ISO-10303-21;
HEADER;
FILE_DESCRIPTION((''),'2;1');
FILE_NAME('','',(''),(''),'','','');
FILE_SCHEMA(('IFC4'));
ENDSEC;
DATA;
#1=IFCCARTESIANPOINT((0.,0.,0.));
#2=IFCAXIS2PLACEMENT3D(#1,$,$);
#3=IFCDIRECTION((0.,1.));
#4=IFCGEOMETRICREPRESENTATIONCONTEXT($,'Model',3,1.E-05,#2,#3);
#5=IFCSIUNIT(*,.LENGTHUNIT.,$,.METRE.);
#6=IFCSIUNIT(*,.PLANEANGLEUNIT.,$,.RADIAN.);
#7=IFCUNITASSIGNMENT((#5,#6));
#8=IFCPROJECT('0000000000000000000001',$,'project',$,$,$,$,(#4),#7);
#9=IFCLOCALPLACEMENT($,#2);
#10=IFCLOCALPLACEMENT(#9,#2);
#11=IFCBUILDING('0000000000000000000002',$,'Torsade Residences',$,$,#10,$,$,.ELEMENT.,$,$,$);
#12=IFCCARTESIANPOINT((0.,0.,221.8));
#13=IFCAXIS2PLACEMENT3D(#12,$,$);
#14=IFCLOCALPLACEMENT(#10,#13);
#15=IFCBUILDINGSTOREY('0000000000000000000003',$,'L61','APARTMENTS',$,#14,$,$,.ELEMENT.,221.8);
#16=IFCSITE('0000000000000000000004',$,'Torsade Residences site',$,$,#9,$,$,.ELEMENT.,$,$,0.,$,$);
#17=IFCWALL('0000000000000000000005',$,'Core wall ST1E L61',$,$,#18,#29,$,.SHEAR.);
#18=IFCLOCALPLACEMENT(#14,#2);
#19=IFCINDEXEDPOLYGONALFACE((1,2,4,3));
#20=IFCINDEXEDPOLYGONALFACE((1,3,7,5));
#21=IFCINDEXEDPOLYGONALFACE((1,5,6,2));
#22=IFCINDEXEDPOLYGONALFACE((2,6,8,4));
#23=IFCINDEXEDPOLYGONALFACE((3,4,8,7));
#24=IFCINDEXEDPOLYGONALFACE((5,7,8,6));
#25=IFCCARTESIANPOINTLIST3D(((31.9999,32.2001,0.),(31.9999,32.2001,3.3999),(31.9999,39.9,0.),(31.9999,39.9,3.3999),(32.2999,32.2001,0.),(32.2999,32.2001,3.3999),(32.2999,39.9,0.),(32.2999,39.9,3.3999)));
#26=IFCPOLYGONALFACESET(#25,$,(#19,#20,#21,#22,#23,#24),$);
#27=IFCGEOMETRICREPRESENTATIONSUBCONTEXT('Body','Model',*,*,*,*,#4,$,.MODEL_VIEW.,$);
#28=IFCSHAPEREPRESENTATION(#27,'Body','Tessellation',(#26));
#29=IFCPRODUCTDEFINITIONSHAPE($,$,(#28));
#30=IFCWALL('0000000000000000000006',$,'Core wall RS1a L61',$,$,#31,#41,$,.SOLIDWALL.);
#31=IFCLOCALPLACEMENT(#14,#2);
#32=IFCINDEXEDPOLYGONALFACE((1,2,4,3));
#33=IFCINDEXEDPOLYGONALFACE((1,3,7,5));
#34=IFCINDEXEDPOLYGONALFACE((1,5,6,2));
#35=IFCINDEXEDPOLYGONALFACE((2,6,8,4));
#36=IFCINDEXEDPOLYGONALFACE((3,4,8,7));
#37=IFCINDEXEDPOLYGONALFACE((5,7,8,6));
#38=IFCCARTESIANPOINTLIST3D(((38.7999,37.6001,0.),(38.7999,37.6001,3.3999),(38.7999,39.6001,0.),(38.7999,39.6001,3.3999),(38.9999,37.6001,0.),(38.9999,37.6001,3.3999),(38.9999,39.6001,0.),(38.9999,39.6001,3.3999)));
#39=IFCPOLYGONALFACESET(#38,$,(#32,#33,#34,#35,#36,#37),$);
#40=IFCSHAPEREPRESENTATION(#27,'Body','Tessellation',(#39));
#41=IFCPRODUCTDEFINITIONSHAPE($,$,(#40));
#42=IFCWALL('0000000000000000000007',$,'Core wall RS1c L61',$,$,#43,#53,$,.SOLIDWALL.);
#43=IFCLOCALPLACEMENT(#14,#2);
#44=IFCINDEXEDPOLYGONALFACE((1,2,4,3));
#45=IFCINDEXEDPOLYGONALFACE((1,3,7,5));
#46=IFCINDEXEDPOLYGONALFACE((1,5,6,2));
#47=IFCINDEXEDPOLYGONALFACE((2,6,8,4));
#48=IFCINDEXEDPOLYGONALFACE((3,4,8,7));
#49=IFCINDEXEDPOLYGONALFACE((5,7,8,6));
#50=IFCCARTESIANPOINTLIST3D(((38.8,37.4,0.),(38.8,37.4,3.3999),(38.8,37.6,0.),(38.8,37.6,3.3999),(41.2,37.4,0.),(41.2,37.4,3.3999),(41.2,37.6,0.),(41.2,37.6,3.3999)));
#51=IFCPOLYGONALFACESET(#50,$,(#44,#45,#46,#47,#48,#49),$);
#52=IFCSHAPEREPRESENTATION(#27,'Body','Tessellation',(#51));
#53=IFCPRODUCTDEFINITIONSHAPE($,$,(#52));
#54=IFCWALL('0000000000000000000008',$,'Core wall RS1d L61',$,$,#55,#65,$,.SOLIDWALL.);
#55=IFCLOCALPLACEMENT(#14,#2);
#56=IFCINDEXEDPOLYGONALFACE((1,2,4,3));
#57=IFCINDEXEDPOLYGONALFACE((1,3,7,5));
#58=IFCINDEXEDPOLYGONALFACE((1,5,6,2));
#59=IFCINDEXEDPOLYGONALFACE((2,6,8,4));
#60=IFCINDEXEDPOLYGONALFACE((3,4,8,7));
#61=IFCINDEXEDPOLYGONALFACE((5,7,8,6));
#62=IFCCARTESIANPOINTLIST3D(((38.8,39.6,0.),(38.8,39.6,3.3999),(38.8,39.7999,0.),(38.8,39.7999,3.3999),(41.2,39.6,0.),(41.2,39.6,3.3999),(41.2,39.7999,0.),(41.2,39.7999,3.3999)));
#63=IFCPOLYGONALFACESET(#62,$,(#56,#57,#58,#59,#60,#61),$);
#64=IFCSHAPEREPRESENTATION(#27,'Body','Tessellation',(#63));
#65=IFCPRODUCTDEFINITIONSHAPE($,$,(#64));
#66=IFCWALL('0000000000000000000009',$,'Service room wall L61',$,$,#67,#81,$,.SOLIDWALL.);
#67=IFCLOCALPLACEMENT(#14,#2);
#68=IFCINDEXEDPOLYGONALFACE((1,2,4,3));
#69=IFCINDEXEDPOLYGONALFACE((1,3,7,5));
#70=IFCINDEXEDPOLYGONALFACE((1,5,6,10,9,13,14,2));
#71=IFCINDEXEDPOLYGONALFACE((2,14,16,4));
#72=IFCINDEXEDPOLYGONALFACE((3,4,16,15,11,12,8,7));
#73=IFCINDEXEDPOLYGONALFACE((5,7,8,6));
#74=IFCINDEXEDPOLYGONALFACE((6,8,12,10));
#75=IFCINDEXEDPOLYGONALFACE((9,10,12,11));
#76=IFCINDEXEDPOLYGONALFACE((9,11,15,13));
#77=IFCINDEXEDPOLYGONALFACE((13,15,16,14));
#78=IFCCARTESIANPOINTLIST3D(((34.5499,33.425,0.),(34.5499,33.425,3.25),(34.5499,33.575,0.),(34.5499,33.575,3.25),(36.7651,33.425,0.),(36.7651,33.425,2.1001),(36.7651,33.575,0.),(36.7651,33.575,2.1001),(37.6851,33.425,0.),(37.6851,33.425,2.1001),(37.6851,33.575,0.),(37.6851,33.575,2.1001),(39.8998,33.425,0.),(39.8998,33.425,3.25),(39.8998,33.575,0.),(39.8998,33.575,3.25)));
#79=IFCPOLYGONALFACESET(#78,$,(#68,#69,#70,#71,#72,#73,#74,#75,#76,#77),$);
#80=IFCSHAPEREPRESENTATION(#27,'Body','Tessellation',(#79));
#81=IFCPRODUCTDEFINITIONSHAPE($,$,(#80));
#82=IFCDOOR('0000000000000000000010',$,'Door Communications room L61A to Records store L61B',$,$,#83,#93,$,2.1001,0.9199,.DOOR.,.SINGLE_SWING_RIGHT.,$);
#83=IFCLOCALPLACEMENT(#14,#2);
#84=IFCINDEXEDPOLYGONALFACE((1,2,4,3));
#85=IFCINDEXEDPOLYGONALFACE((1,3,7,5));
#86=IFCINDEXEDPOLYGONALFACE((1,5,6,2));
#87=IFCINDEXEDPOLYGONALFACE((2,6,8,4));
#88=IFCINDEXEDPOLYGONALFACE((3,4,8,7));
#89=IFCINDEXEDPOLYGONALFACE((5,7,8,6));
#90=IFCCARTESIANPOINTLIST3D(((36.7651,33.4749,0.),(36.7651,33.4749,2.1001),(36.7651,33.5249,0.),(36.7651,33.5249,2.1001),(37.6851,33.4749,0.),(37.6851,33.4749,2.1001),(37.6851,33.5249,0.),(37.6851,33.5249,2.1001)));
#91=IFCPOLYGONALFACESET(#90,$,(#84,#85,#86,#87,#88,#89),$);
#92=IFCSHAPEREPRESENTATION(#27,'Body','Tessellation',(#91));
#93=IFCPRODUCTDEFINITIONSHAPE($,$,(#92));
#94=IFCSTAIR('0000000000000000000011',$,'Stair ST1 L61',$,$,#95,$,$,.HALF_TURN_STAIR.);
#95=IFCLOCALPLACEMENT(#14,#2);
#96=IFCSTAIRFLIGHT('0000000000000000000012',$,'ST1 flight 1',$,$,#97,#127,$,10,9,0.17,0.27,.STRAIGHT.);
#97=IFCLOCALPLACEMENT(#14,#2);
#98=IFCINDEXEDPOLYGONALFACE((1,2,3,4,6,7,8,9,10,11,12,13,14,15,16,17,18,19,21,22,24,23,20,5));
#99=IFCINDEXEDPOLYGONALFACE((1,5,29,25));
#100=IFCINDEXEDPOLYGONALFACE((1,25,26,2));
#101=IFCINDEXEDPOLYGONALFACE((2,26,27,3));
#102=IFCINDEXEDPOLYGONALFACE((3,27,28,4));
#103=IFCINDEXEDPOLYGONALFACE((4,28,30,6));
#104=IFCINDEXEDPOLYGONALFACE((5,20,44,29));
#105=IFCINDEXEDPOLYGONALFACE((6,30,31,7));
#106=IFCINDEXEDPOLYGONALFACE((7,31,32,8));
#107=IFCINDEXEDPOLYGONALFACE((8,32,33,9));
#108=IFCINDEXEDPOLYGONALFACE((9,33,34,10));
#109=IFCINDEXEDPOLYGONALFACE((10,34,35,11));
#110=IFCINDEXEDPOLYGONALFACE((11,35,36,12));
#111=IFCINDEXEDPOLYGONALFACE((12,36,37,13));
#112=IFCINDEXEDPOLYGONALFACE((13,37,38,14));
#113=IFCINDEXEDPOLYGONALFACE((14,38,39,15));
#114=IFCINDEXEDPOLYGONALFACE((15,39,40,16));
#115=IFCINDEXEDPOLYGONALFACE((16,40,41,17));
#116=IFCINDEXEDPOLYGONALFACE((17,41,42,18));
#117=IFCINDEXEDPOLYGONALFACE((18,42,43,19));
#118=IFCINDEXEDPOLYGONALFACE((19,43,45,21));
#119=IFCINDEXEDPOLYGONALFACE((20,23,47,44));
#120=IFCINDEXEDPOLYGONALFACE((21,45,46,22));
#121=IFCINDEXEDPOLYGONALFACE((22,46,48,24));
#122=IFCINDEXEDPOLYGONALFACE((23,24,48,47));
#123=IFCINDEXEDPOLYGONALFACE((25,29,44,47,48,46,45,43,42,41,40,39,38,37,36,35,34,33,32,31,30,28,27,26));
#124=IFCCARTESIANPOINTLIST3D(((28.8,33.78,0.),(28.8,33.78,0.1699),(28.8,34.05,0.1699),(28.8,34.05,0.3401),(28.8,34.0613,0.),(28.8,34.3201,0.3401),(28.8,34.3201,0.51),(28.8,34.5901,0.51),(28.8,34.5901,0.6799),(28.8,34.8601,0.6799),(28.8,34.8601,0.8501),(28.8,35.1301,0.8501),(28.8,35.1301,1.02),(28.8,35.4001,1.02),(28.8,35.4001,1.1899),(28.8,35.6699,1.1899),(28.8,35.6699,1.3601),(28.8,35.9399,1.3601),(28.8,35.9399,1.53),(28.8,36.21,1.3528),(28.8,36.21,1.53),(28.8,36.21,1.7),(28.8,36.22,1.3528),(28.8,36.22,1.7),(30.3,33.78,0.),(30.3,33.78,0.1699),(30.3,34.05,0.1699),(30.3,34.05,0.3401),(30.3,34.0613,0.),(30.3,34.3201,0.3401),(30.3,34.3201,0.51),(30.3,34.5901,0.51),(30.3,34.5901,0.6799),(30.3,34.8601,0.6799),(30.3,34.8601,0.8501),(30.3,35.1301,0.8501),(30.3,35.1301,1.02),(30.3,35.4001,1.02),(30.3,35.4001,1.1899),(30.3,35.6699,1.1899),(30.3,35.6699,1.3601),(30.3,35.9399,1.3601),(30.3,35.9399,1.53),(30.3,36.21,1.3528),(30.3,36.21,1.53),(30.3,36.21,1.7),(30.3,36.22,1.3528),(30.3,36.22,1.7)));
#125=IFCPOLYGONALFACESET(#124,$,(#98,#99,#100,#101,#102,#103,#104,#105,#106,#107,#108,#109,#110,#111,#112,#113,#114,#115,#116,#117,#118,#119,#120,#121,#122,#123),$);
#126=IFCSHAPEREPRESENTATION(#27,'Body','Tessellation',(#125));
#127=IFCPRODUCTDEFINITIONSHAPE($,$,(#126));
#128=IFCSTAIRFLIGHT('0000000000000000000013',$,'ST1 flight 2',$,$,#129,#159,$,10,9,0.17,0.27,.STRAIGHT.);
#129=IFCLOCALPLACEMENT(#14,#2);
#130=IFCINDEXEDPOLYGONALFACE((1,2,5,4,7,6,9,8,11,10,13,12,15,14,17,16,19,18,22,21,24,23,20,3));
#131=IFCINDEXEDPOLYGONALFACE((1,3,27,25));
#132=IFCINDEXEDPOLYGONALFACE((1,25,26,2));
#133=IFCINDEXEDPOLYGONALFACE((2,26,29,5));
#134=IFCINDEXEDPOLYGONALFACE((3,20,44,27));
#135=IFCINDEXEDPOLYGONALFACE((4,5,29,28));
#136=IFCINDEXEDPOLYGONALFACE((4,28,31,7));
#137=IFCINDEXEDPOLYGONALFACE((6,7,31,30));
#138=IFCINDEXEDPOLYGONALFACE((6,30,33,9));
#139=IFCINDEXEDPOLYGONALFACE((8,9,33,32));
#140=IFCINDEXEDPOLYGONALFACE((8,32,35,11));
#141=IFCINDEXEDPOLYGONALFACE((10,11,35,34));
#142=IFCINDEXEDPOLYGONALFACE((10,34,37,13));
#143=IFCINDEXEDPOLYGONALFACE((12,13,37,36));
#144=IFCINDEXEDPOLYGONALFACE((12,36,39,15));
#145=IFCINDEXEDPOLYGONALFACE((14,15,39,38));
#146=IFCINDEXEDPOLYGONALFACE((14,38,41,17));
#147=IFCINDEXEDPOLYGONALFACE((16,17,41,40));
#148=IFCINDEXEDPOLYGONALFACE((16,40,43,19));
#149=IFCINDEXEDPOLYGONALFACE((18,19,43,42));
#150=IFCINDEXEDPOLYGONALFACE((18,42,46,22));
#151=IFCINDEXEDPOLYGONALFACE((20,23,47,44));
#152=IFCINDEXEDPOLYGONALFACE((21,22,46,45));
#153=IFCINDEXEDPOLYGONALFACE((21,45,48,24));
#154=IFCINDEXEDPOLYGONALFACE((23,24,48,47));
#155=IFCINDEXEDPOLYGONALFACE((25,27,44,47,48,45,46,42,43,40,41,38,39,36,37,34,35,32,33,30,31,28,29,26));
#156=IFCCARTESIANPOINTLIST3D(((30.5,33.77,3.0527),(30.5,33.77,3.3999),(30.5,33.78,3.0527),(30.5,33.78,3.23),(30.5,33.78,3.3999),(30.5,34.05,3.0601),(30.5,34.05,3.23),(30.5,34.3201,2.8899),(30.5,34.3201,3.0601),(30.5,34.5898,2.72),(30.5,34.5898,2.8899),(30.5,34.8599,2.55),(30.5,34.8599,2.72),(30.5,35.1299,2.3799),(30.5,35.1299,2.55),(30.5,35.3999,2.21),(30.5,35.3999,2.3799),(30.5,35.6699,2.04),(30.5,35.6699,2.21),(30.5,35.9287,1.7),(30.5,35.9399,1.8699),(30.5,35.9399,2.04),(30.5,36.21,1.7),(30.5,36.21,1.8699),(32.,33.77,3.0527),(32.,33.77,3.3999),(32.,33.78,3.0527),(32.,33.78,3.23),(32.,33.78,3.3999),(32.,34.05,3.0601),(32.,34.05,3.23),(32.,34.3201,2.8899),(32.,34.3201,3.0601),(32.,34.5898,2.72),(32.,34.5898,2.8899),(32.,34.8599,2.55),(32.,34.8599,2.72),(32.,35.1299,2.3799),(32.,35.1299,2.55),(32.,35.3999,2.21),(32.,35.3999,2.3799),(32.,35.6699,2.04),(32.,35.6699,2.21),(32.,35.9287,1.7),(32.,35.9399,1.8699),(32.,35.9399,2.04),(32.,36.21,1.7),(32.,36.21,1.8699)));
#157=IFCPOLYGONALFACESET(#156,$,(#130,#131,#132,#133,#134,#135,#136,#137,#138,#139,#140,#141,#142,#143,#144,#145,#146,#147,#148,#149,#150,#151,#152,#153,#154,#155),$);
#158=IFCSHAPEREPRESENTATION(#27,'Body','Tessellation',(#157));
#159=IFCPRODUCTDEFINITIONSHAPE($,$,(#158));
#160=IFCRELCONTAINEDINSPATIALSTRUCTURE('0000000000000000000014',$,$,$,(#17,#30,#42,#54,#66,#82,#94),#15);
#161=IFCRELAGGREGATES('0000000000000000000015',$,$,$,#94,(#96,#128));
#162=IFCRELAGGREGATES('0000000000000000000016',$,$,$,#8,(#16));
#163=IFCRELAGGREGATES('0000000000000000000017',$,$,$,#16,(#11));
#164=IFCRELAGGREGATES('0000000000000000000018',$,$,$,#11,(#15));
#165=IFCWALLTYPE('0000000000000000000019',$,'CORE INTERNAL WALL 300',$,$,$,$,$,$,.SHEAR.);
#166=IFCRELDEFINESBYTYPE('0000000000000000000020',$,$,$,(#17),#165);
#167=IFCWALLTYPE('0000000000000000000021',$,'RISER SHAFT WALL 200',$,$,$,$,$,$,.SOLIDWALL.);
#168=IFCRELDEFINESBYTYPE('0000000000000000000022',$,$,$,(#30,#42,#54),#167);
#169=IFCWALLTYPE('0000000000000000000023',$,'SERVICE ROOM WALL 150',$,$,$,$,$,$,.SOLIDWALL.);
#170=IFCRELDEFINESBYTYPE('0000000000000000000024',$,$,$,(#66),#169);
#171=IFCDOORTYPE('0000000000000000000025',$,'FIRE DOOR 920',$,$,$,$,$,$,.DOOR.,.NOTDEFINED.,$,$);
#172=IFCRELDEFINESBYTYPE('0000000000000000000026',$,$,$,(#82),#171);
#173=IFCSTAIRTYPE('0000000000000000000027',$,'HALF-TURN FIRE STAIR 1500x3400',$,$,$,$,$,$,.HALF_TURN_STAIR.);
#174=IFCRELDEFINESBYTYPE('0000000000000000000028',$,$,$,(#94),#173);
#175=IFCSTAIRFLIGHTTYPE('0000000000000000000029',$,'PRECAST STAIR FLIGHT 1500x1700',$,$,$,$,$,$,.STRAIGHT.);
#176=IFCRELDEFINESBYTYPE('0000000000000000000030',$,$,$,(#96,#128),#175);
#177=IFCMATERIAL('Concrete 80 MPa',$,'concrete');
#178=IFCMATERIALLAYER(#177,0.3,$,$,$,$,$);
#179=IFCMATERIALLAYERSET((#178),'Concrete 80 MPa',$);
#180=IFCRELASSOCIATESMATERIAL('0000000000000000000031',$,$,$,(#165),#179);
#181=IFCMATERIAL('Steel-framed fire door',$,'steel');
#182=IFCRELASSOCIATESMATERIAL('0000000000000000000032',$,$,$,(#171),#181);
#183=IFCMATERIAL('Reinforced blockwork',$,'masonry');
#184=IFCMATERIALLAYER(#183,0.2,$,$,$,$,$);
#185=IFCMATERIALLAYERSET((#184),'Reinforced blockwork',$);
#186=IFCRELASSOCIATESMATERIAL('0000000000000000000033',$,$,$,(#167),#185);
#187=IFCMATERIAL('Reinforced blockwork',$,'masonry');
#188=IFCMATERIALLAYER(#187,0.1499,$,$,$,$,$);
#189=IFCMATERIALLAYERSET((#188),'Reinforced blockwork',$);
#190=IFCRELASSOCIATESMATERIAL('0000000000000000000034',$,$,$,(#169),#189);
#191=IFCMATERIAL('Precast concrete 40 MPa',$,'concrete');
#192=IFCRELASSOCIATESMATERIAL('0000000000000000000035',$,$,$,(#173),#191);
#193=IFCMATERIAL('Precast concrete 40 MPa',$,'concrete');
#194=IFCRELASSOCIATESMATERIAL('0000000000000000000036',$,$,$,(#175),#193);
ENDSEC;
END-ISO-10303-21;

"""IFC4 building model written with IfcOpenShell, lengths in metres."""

from ifc_helpers import new_model, si_unit, direction, frame, frame_2d, origin, place, context, subcontext, project, spatial, polyline, rectangle, outline, extrude, material, layer, layer_set, type_object, element, fill, aggregate, save


model = new_model("IFC4")

# Units and contexts
model_context = context("Model", 3, precision=1e-05, world=origin(), true_north=direction((0.0, 1.0)))
body_context = subcontext(model_context, "Body", "Model", "MODEL_VIEW")
ifc_project = project(units=[si_unit("LENGTHUNIT", "METRE"), si_unit("PLANEANGLEUNIT", "RADIAN")], contexts=[model_context])

# Site, building, storey
site_placement = place(None, origin())
site = spatial("IfcSite", under=ifc_project, at=site_placement, Name="Torsade Residences site", CompositionType="ELEMENT", RefElevation=0.0)
building_placement = place(site_placement, origin())
building = spatial("IfcBuilding", under=site, at=building_placement, Name="Torsade Residences", CompositionType="ELEMENT")
storey_placement = place(building_placement, frame((0.0, 0.0, 221.8)))
storey = spatial("IfcBuildingStorey", under=building, at=storey_placement, Name="L61", Description="APARTMENTS", CompositionType="ELEMENT", Elevation=221.8)

# Shared definitions
ifc_material_1 = material(Name="Concrete 80 MPa", Category="concrete")
ifc_layer_1 = layer(ifc_material_1, 0.3)
ifc_layer_set_1 = layer_set([ifc_layer_1], Name="Concrete 80 MPa")
wall_type_1 = type_object("IfcWallType", Name="CORE INTERNAL WALL 300", PredefinedType="SHEAR", material=ifc_layer_set_1)
ifc_material_2 = material(Name="Steel-framed fire door", Category="steel")
door_type_1 = type_object("IfcDoorType", Name="FIRE DOOR 920", OperationType="NOTDEFINED", PredefinedType="DOOR", material=ifc_material_2)

# Walls
wall_1_placement = place(storey_placement, frame((32.1499, 32.2, 0.0), z_axis=(0.0, 0.0, 1.0), x_axis=(0.0, 1.0, 0.0)))
element("IfcWall", 1, at=wall_1_placement, inside=storey, type_object=wall_type_1, Name="Core wall ST1E L61", PredefinedType="SHEAR", context=body_context, shape_type="SweptSolid", body=[
    extrude(rectangle(XDim=7.7, YDim=0.3, at=frame_2d((3.8501, 0.0))), origin(), (0.0, 0.0, 1.0), 3.3999),
])
ifc_material_3 = material(Name="Reinforced blockwork", Category="masonry")
ifc_layer_2 = layer(ifc_material_3, 0.2)
ifc_layer_set_2 = layer_set([ifc_layer_2], Name="Reinforced blockwork")
wall_type_2 = type_object("IfcWallType", Name="RISER SHAFT WALL 200", PredefinedType="SOLIDWALL", material=ifc_layer_set_2)
wall_2_placement = place(storey_placement, frame((38.8999, 37.6001, 0.0), z_axis=(0.0, 0.0, 1.0), x_axis=(0.0, 1.0, 0.0)))
element("IfcWall", 2, at=wall_2_placement, inside=storey, type_object=wall_type_2, Name="Core wall RS1a L61", PredefinedType="SOLIDWALL", context=body_context, shape_type="SweptSolid", body=[
    extrude(rectangle(XDim=2.0, YDim=0.2, at=frame_2d((1.0, 0.0))), origin(), (0.0, 0.0, 1.0), 3.3999),
])
for number, where, z_axis, x_axis, name in (
    (3, (38.8, 37.5, 0.0), (0.0, 0.0, 1.0), (1.0, 0.0, 0.0), "Core wall RS1c L61"),
    (4, (38.8, 39.7, 0.0), (0.0, 0.0, 1.0), (1.0, 0.0, 0.0), "Core wall RS1d L61"),
):
    element("IfcWall", number, at=place(storey_placement, frame(where, z_axis=z_axis, x_axis=x_axis)), inside=storey, type_object=wall_type_2, Name=name, PredefinedType="SOLIDWALL", context=body_context, shape_type="SweptSolid", body=[
        extrude(rectangle(XDim=2.3999, YDim=0.2, at=frame_2d((1.2, 0.0))), origin(), (0.0, 0.0, 1.0), 3.3999),
    ])

# Wall, opening, door
ifc_material_4 = material(Name="Reinforced blockwork", Category="masonry")
ifc_layer_3 = layer(ifc_material_4, 0.1499)
ifc_layer_set_3 = layer_set([ifc_layer_3], Name="Reinforced blockwork")
wall_type_3 = type_object("IfcWallType", Name="SERVICE ROOM WALL 150", PredefinedType="SOLIDWALL", material=ifc_layer_set_3)
wall_3_placement = place(storey_placement, frame((34.55, 33.5, 0.0), z_axis=(0.0, 0.0, 1.0), x_axis=(1.0, 0.0, 0.0)))
wall_3 = element("IfcWall", 5, at=wall_3_placement, inside=storey, type_object=wall_type_3, Name="Service room wall L61", PredefinedType="SOLIDWALL", context=body_context, shape_type="SweptSolid", body=[
    extrude(rectangle(XDim=5.3499, YDim=0.1499, at=frame_2d((2.6748, 0.0))), origin(), (0.0, 0.0, 1.0), 3.25),
])
opening_1_placement = place(wall_3_placement, frame((2.2151, 0.0, 0.0)))
opening_1 = element("IfcOpeningElement", 6, at=opening_1_placement, cuts=wall_3, PredefinedType="OPENING", context=body_context, shape_type="SweptSolid", body=[
    extrude(rectangle(XDim=0.9199, YDim=2.1001, at=frame_2d((0.46, 1.05))), frame((0.0, 0.085, 0.0), z_axis=(0.0, -1.0, 0.0), x_axis=(1.0, 0.0, 0.0)), (0.0, 0.0, 1.0), 0.1699),
])
door_1_placement = place(opening_1_placement, origin())
door_1 = element("IfcDoor", 7, at=door_1_placement, inside=storey, type_object=door_type_1, Name="Door Communications room L61A to Records store L61B", OperationType="SINGLE_SWING_RIGHT", OverallHeight=2.1001, OverallWidth=0.9199, PredefinedType="DOOR", context=body_context, shape_type="SweptSolid", body=[
    extrude(rectangle(XDim=0.9199, YDim=2.1001, at=frame_2d((0.46, 1.05))), frame((0.0, 0.0249, 0.0), z_axis=(0.0, -1.0, 0.0), x_axis=(1.0, 0.0, 0.0)), (0.0, 0.0, 1.0), 0.05),
])
fill(opening_1, door_1)

# Stair, stair flights
ifc_material_5 = material(Name="Precast concrete 40 MPa", Category="concrete")
stair_type = type_object("IfcStairType", Name="HALF-TURN FIRE STAIR 1500x3400", PredefinedType="HALF_TURN_STAIR", material=ifc_material_5)
stair_placement = place(storey_placement, origin())
stair = element("IfcStair", 8, at=stair_placement, inside=storey, type_object=stair_type, Name="Stair ST1 L61", PredefinedType="HALF_TURN_STAIR")
ifc_material_6 = material(Name="Precast concrete 40 MPa", Category="concrete")
stair_flight_type = type_object("IfcStairFlightType", Name="PRECAST STAIR FLIGHT 1500x1700", PredefinedType="STRAIGHT", material=ifc_material_6)
stair_flight_1_placement = place(storey_placement, frame((29.55, 33.78, 0.0), z_axis=(0.0, 0.0, 1.0), x_axis=(0.0, 1.0, 0.0)))
stair_flight_1 = element("IfcStairFlight", 9, at=stair_flight_1_placement, type_object=stair_flight_type, Name="ST1 flight 1", NumberOfRisers=10, NumberOfTreads=9, PredefinedType="STRAIGHT", RiserHeight=0.17, TreadLength=0.27, context=body_context, shape_type="SweptSolid", body=[
    extrude(outline(polyline([(0.0, 0.0), (0.0, 0.1699), (0.27, 0.1699), (0.27, 0.3401), (0.54, 0.3401), (0.54, 0.51), (0.8101, 0.51), (0.8101, 0.6799), (1.0801, 0.6799), (1.0801, 0.8501), (1.3501, 0.8501), (1.3501, 1.02), (1.6201, 1.02), (1.6201, 1.1899), (1.8899, 1.1899), (1.8899, 1.3601), (2.1599, 1.3601), (2.1599, 1.53), (2.4299, 1.53), (2.4299, 1.7), (2.4399, 1.7), (2.4399, 1.3528), (2.4299, 1.3528), (0.2812, 0.0), (0.0, 0.0)])), frame((0.0, 0.75, 0.0), z_axis=(0.0, -1.0, 0.0), x_axis=(1.0, 0.0, 0.0)), (0.0, 0.0, 1.0), 1.5),
])
stair_flight_2_placement = place(storey_placement, frame((31.25, 36.21, 1.7), z_axis=(0.0, 0.0, 1.0), x_axis=(0.0, -1.0, 0.0)))
stair_flight_2 = element("IfcStairFlight", 10, at=stair_flight_2_placement, type_object=stair_flight_type, Name="ST1 flight 2", NumberOfRisers=10, NumberOfTreads=9, PredefinedType="STRAIGHT", RiserHeight=0.17, TreadLength=0.27, context=body_context, shape_type="SweptSolid", body=[
    extrude(outline(polyline([(0.0, 0.0), (0.0, 0.1699), (0.27, 0.1699), (0.27, 0.3401), (0.54, 0.3401), (0.54, 0.51), (0.8101, 0.51), (0.8101, 0.6799), (1.0801, 0.6799), (1.0801, 0.8501), (1.3501, 0.8501), (1.3501, 1.02), (1.6201, 1.02), (1.6201, 1.1899), (1.8899, 1.1899), (1.8899, 1.3601), (2.1599, 1.3601), (2.1599, 1.53), (2.4299, 1.53), (2.4299, 1.7), (2.4399, 1.7), (2.4399, 1.3528), (2.4299, 1.3528), (0.2812, 0.0), (0.0, 0.0)])), frame((0.0, 0.75, 0.0), z_axis=(0.0, -1.0, 0.0), x_axis=(1.0, 0.0, 0.0)), (0.0, 0.0, 1.0), 1.5),
])
aggregate(stair, [stair_flight_1, stair_flight_2])

save(model, "model.ifc")
